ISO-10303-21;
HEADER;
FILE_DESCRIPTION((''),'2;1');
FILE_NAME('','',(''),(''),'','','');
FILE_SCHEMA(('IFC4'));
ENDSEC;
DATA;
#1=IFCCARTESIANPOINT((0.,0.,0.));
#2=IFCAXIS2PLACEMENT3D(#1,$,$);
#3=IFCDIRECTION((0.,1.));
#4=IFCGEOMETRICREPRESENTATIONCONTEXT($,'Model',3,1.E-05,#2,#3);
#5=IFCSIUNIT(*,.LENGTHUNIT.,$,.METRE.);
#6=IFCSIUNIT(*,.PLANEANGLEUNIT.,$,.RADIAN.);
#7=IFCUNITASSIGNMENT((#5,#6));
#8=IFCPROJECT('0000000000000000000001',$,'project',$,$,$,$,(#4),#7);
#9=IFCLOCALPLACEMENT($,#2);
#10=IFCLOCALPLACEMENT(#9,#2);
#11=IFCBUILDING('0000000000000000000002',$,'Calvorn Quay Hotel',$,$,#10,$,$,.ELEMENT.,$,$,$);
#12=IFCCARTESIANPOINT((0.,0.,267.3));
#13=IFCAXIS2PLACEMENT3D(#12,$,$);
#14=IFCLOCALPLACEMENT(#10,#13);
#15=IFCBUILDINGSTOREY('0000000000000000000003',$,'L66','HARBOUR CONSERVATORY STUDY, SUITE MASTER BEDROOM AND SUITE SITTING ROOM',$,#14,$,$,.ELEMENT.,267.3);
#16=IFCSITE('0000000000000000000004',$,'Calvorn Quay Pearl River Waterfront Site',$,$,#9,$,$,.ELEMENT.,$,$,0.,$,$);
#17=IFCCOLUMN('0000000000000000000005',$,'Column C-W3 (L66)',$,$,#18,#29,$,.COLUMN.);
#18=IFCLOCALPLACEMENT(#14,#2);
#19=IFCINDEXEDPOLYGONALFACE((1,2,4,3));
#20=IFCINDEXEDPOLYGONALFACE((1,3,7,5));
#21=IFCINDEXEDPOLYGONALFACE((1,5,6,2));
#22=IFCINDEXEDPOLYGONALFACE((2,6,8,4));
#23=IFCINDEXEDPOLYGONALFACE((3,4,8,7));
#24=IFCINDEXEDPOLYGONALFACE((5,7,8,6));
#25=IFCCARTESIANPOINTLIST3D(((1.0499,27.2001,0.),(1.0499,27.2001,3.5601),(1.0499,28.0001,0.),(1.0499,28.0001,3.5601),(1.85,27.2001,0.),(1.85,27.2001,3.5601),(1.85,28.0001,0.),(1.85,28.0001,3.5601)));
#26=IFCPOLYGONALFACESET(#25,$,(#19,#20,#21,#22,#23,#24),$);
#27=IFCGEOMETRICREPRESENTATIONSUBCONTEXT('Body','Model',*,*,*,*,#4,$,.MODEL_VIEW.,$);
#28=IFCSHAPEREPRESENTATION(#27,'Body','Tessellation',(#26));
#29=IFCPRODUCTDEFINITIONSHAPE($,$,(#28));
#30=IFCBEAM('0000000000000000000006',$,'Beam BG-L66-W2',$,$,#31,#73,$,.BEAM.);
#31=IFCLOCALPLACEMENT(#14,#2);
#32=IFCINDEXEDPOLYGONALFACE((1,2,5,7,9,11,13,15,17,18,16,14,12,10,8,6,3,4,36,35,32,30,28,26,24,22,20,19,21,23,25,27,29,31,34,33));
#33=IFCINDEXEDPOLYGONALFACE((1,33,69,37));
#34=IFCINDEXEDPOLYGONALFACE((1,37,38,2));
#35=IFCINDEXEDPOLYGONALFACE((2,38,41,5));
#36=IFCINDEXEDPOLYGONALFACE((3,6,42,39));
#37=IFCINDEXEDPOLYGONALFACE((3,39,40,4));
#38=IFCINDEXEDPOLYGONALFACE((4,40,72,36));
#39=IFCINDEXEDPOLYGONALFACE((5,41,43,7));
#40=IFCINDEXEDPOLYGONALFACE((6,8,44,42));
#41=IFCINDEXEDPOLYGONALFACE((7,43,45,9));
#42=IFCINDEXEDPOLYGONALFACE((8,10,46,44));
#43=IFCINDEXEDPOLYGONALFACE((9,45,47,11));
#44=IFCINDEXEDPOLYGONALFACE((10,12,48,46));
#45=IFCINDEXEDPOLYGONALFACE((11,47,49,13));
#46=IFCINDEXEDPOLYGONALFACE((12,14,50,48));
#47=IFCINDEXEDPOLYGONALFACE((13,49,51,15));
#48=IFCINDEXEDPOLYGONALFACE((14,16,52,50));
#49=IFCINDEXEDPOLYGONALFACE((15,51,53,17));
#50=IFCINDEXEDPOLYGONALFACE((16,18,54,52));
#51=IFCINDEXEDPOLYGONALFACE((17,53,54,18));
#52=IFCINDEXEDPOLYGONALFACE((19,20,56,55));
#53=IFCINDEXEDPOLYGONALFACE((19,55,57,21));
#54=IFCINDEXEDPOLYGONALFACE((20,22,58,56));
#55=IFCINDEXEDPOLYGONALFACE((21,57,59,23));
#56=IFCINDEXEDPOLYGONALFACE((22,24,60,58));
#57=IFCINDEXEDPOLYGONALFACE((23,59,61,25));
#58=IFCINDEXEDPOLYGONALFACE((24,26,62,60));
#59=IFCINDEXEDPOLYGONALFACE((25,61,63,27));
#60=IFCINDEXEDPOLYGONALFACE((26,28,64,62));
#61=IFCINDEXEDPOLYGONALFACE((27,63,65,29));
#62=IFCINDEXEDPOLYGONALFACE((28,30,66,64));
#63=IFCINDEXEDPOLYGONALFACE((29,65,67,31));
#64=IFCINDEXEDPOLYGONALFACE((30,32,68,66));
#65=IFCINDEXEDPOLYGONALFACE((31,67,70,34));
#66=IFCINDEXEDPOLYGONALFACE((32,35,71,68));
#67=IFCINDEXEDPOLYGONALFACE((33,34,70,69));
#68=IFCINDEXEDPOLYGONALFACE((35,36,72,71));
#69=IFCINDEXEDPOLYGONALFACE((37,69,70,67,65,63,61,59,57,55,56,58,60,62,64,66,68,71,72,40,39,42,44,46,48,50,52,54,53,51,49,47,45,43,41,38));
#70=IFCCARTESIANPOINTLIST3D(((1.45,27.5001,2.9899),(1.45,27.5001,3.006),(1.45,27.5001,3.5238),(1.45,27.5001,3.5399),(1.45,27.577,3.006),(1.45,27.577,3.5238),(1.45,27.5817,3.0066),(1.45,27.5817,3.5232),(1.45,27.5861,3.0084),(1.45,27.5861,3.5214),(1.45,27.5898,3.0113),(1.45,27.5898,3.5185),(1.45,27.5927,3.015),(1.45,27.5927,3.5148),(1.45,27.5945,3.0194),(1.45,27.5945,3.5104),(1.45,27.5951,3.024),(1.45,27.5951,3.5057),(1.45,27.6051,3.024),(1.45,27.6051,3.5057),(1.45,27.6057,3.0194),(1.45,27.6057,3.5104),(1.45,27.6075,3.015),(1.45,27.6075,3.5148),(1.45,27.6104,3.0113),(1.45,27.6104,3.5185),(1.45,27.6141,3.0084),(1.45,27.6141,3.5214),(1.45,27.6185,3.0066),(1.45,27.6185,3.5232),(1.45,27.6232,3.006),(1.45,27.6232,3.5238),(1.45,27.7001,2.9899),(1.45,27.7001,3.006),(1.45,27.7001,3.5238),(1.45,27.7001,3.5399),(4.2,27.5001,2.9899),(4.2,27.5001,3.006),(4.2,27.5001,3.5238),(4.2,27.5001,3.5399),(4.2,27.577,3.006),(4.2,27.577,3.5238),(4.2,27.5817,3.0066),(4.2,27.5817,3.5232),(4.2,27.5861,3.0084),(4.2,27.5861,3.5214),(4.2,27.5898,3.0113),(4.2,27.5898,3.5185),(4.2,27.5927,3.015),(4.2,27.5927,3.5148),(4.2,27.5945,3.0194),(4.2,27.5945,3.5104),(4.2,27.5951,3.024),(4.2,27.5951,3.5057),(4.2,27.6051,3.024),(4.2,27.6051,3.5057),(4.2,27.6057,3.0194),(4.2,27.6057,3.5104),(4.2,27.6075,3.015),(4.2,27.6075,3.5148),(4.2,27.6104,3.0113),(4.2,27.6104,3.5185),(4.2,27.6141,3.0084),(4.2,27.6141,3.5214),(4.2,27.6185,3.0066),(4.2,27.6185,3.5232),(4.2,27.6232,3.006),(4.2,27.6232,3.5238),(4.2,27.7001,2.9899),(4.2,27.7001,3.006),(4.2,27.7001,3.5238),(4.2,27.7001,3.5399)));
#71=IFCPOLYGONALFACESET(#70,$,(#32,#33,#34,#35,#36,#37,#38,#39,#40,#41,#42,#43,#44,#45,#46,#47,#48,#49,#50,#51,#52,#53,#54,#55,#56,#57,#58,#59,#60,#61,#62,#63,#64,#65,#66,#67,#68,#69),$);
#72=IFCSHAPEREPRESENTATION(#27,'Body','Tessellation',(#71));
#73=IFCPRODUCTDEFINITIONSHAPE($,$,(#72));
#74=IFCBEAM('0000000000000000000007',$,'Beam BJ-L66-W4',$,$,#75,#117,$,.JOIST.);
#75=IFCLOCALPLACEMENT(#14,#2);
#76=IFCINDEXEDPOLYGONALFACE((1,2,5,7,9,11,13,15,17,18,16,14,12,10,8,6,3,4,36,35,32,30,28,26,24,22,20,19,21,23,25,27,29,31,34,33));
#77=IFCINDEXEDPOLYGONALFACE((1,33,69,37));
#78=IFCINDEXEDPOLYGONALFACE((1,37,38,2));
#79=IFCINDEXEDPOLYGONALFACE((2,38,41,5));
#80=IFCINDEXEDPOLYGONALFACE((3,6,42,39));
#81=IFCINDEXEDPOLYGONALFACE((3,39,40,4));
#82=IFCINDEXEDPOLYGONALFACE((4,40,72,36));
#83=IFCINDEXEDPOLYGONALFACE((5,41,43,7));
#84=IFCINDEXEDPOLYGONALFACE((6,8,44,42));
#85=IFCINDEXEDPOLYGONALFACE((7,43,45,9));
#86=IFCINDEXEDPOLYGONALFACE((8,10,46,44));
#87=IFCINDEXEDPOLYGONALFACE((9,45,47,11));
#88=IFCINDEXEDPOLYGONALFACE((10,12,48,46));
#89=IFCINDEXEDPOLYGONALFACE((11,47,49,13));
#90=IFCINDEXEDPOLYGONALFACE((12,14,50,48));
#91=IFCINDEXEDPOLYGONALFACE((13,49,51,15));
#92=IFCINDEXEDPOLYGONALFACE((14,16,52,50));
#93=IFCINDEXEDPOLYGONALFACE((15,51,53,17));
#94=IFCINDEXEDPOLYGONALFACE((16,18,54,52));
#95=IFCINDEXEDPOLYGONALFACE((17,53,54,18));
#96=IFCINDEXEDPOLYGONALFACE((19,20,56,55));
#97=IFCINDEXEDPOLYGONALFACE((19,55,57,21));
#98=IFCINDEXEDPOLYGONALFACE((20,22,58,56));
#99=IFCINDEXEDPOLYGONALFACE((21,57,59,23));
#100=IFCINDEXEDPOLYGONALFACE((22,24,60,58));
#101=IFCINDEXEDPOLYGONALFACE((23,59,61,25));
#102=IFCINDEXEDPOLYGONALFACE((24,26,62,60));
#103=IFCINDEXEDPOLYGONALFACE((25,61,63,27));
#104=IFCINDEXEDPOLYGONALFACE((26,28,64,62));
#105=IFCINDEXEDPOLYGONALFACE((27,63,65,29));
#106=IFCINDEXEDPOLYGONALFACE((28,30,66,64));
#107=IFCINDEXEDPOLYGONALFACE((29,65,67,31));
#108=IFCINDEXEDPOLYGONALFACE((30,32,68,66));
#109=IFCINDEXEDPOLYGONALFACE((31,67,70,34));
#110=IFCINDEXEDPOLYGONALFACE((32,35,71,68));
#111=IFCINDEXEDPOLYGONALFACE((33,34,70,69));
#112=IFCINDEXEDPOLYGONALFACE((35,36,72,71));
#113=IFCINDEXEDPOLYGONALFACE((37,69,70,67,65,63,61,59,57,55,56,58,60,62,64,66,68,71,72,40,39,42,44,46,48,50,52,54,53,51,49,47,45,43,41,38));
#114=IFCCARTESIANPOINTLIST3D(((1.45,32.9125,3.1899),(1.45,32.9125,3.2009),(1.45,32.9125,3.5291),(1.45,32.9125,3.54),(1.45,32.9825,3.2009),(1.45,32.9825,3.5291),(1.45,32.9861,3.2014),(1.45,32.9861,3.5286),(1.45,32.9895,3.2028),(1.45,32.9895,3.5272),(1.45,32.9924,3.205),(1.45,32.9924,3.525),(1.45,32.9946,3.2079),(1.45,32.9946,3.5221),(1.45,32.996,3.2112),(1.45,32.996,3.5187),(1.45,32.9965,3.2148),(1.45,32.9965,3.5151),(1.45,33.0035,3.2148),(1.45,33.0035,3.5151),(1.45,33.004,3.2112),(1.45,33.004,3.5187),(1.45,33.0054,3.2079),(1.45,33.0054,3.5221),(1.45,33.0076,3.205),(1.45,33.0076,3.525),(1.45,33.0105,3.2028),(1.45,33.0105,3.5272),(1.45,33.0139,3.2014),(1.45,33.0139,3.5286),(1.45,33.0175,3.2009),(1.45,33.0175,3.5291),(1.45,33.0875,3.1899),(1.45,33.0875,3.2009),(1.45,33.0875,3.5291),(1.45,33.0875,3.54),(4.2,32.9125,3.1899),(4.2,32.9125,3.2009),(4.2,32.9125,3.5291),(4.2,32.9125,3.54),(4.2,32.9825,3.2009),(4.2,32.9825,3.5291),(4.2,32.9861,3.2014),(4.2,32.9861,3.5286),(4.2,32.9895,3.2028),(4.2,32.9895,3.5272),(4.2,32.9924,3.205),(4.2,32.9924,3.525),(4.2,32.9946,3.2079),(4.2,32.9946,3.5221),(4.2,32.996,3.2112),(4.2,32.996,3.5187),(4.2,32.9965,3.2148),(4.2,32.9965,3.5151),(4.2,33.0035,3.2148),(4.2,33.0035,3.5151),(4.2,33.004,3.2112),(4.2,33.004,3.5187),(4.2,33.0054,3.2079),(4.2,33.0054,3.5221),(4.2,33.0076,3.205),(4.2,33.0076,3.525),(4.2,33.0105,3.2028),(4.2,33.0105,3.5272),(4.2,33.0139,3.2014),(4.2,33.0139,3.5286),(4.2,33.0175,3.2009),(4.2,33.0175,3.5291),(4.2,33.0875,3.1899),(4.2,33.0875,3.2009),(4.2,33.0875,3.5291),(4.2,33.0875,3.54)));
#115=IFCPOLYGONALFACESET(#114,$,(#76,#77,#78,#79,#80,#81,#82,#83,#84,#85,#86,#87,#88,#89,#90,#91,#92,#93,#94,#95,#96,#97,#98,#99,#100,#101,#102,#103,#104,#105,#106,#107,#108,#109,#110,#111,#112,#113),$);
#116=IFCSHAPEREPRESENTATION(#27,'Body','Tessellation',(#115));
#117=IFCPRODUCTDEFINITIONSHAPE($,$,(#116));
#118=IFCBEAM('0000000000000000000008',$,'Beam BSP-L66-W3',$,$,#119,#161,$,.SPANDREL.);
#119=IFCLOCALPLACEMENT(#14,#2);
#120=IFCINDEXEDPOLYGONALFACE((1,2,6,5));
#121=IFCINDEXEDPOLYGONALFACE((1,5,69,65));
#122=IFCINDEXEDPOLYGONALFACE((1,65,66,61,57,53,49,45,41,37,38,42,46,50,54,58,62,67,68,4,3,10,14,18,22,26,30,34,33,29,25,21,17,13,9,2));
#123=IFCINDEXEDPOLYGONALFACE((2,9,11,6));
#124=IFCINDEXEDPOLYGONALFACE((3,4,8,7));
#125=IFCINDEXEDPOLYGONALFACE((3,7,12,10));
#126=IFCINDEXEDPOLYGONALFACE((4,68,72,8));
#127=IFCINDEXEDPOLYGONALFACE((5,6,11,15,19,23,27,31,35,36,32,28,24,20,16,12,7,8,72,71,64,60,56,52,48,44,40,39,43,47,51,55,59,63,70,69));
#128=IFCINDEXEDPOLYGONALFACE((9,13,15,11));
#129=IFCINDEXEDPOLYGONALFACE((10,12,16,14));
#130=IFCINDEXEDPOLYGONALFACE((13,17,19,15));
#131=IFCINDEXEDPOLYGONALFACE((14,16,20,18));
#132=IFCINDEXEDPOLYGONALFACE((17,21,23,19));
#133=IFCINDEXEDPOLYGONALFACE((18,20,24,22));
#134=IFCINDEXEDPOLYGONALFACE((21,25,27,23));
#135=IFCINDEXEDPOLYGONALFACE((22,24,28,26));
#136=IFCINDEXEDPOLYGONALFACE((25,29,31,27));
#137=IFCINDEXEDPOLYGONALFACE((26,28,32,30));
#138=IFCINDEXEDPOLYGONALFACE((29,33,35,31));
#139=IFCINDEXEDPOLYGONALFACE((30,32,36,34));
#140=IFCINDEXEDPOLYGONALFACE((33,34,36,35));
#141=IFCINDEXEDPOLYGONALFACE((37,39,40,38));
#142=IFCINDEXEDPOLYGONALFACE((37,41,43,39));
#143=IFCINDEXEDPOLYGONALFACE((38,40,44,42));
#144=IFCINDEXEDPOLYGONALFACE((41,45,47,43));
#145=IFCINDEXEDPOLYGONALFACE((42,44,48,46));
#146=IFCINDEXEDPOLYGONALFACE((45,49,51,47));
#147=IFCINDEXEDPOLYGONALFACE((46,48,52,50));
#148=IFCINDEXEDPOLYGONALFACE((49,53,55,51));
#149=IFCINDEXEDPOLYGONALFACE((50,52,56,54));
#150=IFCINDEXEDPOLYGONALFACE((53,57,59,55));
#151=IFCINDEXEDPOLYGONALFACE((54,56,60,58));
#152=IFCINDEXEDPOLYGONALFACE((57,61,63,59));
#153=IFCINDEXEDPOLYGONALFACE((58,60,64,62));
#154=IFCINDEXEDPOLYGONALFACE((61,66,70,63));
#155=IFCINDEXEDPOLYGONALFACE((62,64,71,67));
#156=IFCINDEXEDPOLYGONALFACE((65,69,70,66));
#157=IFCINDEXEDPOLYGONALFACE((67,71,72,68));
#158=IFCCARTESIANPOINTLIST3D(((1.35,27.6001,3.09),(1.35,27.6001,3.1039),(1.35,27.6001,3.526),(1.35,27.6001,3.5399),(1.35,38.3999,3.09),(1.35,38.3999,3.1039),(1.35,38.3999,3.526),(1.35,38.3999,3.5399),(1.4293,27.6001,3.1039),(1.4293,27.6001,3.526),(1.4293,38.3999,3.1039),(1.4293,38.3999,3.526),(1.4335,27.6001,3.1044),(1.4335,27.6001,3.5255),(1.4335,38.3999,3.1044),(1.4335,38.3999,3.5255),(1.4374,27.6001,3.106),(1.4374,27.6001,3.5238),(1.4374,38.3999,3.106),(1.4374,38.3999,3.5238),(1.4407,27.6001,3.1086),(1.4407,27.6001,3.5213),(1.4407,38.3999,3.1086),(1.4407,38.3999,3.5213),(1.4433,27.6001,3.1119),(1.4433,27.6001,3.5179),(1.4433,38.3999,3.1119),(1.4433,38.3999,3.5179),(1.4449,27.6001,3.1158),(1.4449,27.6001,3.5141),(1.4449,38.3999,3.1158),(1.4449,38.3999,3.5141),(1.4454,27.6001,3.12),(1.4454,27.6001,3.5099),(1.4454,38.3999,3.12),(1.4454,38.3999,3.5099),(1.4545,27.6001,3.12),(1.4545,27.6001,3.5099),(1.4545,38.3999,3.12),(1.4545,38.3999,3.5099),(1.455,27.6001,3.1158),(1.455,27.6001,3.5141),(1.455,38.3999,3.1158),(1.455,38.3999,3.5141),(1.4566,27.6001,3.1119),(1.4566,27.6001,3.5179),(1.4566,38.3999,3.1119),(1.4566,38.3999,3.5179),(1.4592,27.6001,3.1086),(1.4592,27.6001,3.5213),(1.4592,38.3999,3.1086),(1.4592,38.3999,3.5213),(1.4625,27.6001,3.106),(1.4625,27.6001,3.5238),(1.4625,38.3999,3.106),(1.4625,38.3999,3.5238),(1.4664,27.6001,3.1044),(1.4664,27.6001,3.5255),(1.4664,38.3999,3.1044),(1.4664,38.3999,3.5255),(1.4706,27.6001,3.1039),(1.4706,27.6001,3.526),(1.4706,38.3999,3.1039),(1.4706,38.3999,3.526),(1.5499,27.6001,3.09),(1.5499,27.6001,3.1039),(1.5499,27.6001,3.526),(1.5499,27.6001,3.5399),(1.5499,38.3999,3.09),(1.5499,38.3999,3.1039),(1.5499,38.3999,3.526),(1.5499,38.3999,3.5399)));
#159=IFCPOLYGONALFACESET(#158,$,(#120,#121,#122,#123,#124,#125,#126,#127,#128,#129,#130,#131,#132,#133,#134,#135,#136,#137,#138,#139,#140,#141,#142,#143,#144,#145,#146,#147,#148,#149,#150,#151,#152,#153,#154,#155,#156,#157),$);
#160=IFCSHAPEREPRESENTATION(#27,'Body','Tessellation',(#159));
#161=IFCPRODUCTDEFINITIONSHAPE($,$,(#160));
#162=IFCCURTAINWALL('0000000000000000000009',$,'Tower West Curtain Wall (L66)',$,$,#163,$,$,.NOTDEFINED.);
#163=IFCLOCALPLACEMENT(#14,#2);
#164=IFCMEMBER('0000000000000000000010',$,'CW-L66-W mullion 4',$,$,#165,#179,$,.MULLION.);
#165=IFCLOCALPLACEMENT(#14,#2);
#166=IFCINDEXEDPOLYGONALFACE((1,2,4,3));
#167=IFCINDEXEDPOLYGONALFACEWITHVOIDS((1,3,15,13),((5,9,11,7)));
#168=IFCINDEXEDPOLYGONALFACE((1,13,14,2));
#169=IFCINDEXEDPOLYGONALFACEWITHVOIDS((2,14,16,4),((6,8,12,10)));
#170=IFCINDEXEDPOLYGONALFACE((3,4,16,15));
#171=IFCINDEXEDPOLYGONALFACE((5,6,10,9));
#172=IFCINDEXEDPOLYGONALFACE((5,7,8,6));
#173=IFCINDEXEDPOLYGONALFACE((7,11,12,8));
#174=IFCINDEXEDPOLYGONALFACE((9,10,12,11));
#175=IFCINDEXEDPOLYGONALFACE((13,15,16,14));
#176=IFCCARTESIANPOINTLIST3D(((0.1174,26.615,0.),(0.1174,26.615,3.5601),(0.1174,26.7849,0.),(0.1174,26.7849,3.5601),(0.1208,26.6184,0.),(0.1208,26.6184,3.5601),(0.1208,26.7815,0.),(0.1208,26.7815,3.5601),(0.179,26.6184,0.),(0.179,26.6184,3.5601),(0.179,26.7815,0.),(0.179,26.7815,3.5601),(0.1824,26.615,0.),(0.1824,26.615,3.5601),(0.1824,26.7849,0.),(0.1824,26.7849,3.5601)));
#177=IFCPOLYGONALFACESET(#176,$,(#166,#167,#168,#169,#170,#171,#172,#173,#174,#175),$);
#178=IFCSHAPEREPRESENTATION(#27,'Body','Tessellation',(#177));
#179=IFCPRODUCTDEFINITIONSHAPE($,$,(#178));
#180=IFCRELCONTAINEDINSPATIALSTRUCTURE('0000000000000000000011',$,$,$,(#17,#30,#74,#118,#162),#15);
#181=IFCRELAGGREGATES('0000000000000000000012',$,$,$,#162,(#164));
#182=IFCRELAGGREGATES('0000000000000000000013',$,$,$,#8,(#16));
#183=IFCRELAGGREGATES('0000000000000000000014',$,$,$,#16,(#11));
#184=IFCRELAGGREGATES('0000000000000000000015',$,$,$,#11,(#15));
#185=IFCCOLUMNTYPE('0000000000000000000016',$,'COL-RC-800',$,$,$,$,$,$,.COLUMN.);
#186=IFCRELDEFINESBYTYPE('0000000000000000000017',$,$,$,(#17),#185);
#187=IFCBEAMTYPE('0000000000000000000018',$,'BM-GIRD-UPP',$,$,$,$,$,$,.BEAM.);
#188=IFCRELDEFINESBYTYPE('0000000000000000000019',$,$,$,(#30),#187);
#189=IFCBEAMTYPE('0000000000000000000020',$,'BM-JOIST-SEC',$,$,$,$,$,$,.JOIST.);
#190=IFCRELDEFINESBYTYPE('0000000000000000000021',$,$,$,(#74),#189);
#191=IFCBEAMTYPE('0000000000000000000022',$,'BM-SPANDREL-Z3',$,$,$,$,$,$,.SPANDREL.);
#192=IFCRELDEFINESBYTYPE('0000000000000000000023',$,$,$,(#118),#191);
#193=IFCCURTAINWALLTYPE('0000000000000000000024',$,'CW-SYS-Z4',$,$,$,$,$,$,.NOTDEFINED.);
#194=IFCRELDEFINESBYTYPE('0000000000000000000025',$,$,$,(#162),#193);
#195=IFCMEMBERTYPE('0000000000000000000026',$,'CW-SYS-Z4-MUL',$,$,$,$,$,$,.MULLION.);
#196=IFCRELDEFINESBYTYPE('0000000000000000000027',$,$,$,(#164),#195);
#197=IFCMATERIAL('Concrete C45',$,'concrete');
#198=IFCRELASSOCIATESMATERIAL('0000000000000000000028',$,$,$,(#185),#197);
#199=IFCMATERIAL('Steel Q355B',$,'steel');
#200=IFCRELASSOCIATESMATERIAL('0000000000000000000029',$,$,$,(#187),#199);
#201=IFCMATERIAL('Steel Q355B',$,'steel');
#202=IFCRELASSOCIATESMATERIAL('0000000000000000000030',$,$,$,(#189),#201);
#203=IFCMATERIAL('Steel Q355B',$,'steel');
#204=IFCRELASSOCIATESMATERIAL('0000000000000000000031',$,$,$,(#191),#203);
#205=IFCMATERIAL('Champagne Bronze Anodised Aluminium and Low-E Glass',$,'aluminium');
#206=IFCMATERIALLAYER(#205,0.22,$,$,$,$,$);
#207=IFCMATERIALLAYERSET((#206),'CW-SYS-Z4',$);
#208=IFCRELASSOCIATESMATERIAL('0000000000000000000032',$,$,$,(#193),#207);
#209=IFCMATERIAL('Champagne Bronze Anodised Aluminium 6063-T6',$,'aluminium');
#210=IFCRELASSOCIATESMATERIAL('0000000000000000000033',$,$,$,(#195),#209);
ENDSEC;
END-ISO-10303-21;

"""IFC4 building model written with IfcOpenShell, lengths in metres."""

from ifc_helpers import new_model, si_unit, direction, frame, origin, origin_2d, place, context, subcontext, project, spatial, rectangle, hollow_rectangle, i_section, extrude, material, layer, layer_set, material_profile, profile_set, type_object, element, aggregate, save


model = new_model("IFC4")

# Units and contexts
model_context = context("Model", 3, precision=1e-05, world=origin(), true_north=direction((0.0, 1.0)))
body_context = subcontext(model_context, "Body", "Model", "MODEL_VIEW")
ifc_project = project(units=[si_unit("LENGTHUNIT", "METRE"), si_unit("PLANEANGLEUNIT", "RADIAN")], contexts=[model_context])

# Site, building, storey
site_placement = place(None, origin())
site = spatial("IfcSite", under=ifc_project, at=site_placement, Name="Calvorn Quay Pearl River Waterfront Site", CompositionType="ELEMENT", RefElevation=0.0)
building_placement = place(site_placement, origin())
building = spatial("IfcBuilding", under=site, at=building_placement, Name="Calvorn Quay Hotel", CompositionType="ELEMENT")
storey_placement = place(building_placement, frame((0.0, 0.0, 267.3)))
storey = spatial("IfcBuildingStorey", under=building, at=storey_placement, Name="L66", Description="HARBOUR CONSERVATORY STUDY, SUITE MASTER BEDROOM AND SUITE SITTING ROOM", CompositionType="ELEMENT", Elevation=267.3)

# Column
ifc_material_1 = material(Name="Concrete C45", Category="concrete")
ifc_material_profile_1 = material_profile(ifc_material_1, rectangle(XDim=0.8, YDim=0.8, at=origin_2d()), Name="RC800x800")
ifc_profile_set_1 = profile_set([ifc_material_profile_1], Name="Concrete C45")
column_type = type_object("IfcColumnType", Name="COL-RC-800", PredefinedType="COLUMN", material=ifc_profile_set_1)
column_placement = place(storey_placement, frame((1.45, 27.6001, 0.0), z_axis=(0.0, 0.0, 1.0), x_axis=(1.0, 0.0, 0.0)))
element("IfcColumn", 1, at=column_placement, inside=storey, type_object=column_type, Name="Column C-W3 (L66)", PredefinedType="COLUMN", context=body_context, shape_type="SweptSolid", body=[
    extrude(rectangle(XDim=0.8, YDim=0.8, at=origin_2d()), origin(), (0.0, 0.0, 1.0), 3.5601),
])

# Beams
ifc_material_2 = material(Name="Steel Q355B", Category="steel")
ifc_material_profile_2 = material_profile(ifc_material_2, i_section(OverallWidth=0.2, OverallDepth=0.55, WebThickness=0.01, FlangeThickness=0.0161, FilletRadius=0.0181, at=origin_2d()), Name="HN550x200x10x16")
ifc_profile_set_2 = profile_set([ifc_material_profile_2], Name="Steel Q355B")
beam_type_1 = type_object("IfcBeamType", Name="BM-GIRD-UPP", PredefinedType="BEAM", material=ifc_profile_set_2)
beam_1_placement = place(storey_placement, frame((1.45, 27.6001, 3.2649), z_axis=(1.0, 0.0, 0.0), x_axis=(0.0, 1.0, 0.0)))
element("IfcBeam", 2, at=beam_1_placement, inside=storey, type_object=beam_type_1, Name="Beam BG-L66-W2", PredefinedType="BEAM", context=body_context, shape_type="SweptSolid", body=[
    extrude(i_section(OverallWidth=0.2, OverallDepth=0.55, WebThickness=0.01, FlangeThickness=0.0161, FilletRadius=0.0181, at=origin_2d()), origin(), (0.0, 0.0, 1.0), 2.75),
])
ifc_material_3 = material(Name="Steel Q355B", Category="steel")
ifc_material_profile_3 = material_profile(ifc_material_3, i_section(OverallWidth=0.175, OverallDepth=0.3501, WebThickness=0.0071, FlangeThickness=0.011, FilletRadius=0.0139, at=origin_2d()), Name="HN350x175x7x11")
ifc_profile_set_3 = profile_set([ifc_material_profile_3], Name="Steel Q355B")
beam_type_2 = type_object("IfcBeamType", Name="BM-JOIST-SEC", PredefinedType="JOIST", material=ifc_profile_set_3)
beam_2_placement = place(storey_placement, frame((1.45, 33.0, 3.365), z_axis=(1.0, 0.0, 0.0), x_axis=(0.0, 1.0, 0.0)))
element("IfcBeam", 3, at=beam_2_placement, inside=storey, type_object=beam_type_2, Name="Beam BJ-L66-W4", PredefinedType="JOIST", context=body_context, shape_type="SweptSolid", body=[
    extrude(i_section(OverallWidth=0.175, OverallDepth=0.3501, WebThickness=0.0071, FlangeThickness=0.011, FilletRadius=0.0139, at=origin_2d()), origin(), (0.0, 0.0, 1.0), 2.75),
])
ifc_material_4 = material(Name="Steel Q355B", Category="steel")
ifc_material_profile_4 = material_profile(ifc_material_4, i_section(OverallWidth=0.2, OverallDepth=0.45, WebThickness=0.009, FlangeThickness=0.0139, FilletRadius=0.0161, at=origin_2d()), Name="HN450x200x9x14")
ifc_profile_set_4 = profile_set([ifc_material_profile_4], Name="Steel Q355B")
beam_type_3 = type_object("IfcBeamType", Name="BM-SPANDREL-Z3", PredefinedType="SPANDREL", material=ifc_profile_set_4)
beam_3_placement = place(storey_placement, frame((1.45, 27.6001, 3.3149), z_axis=(0.0, 1.0, 0.0), x_axis=(-1.0, 0.0, 0.0)))
element("IfcBeam", 4, at=beam_3_placement, inside=storey, type_object=beam_type_3, Name="Beam BSP-L66-W3", PredefinedType="SPANDREL", context=body_context, shape_type="SweptSolid", body=[
    extrude(i_section(OverallWidth=0.2, OverallDepth=0.45, WebThickness=0.009, FlangeThickness=0.0139, FilletRadius=0.0161, at=origin_2d()), origin(), (0.0, 0.0, 1.0), 10.7998),
])

# Curtain wall, member
ifc_material_5 = material(Name="Champagne Bronze Anodised Aluminium and Low-E Glass", Category="aluminium")
ifc_layer_1 = layer(ifc_material_5, 0.22)
ifc_layer_set_1 = layer_set([ifc_layer_1], Name="CW-SYS-Z4")
curtain_wall_type = type_object("IfcCurtainWallType", Name="CW-SYS-Z4", PredefinedType="NOTDEFINED", material=ifc_layer_set_1)
curtain_wall_placement = place(storey_placement, origin())
curtain_wall = element("IfcCurtainWall", 5, at=curtain_wall_placement, inside=storey, type_object=curtain_wall_type, Name="Tower West Curtain Wall (L66)", PredefinedType="NOTDEFINED")
ifc_material_6 = material(Name="Champagne Bronze Anodised Aluminium 6063-T6", Category="aluminium")
ifc_material_profile_5 = material_profile(ifc_material_6, hollow_rectangle(XDim=0.0649, YDim=0.1699, WallThickness=0.0034, at=origin_2d()), Name="ALU-M170x65x3.5")
ifc_profile_set_5 = profile_set([ifc_material_profile_5], Name="Champagne Bronze Anodised Aluminium 6063-T6")
member_type_1 = type_object("IfcMemberType", Name="CW-SYS-Z4-MUL", PredefinedType="MULLION", material=ifc_profile_set_5)
member_1_placement = place(storey_placement, frame((0.1499, 26.7, 0.0), z_axis=(0.0, 0.0, 1.0), x_axis=(-1.0, 0.0, 0.0)))
member_1 = element("IfcMember", 6, at=member_1_placement, type_object=member_type_1, Name="CW-L66-W mullion 4", PredefinedType="MULLION", context=body_context, shape_type="SweptSolid", body=[
    extrude(hollow_rectangle(XDim=0.0649, YDim=0.1699, WallThickness=0.0034, at=origin_2d()), origin(), (0.0, 0.0, 1.0), 3.5601),
])
aggregate(curtain_wall, [member_1])

save(model, "model.ifc")
